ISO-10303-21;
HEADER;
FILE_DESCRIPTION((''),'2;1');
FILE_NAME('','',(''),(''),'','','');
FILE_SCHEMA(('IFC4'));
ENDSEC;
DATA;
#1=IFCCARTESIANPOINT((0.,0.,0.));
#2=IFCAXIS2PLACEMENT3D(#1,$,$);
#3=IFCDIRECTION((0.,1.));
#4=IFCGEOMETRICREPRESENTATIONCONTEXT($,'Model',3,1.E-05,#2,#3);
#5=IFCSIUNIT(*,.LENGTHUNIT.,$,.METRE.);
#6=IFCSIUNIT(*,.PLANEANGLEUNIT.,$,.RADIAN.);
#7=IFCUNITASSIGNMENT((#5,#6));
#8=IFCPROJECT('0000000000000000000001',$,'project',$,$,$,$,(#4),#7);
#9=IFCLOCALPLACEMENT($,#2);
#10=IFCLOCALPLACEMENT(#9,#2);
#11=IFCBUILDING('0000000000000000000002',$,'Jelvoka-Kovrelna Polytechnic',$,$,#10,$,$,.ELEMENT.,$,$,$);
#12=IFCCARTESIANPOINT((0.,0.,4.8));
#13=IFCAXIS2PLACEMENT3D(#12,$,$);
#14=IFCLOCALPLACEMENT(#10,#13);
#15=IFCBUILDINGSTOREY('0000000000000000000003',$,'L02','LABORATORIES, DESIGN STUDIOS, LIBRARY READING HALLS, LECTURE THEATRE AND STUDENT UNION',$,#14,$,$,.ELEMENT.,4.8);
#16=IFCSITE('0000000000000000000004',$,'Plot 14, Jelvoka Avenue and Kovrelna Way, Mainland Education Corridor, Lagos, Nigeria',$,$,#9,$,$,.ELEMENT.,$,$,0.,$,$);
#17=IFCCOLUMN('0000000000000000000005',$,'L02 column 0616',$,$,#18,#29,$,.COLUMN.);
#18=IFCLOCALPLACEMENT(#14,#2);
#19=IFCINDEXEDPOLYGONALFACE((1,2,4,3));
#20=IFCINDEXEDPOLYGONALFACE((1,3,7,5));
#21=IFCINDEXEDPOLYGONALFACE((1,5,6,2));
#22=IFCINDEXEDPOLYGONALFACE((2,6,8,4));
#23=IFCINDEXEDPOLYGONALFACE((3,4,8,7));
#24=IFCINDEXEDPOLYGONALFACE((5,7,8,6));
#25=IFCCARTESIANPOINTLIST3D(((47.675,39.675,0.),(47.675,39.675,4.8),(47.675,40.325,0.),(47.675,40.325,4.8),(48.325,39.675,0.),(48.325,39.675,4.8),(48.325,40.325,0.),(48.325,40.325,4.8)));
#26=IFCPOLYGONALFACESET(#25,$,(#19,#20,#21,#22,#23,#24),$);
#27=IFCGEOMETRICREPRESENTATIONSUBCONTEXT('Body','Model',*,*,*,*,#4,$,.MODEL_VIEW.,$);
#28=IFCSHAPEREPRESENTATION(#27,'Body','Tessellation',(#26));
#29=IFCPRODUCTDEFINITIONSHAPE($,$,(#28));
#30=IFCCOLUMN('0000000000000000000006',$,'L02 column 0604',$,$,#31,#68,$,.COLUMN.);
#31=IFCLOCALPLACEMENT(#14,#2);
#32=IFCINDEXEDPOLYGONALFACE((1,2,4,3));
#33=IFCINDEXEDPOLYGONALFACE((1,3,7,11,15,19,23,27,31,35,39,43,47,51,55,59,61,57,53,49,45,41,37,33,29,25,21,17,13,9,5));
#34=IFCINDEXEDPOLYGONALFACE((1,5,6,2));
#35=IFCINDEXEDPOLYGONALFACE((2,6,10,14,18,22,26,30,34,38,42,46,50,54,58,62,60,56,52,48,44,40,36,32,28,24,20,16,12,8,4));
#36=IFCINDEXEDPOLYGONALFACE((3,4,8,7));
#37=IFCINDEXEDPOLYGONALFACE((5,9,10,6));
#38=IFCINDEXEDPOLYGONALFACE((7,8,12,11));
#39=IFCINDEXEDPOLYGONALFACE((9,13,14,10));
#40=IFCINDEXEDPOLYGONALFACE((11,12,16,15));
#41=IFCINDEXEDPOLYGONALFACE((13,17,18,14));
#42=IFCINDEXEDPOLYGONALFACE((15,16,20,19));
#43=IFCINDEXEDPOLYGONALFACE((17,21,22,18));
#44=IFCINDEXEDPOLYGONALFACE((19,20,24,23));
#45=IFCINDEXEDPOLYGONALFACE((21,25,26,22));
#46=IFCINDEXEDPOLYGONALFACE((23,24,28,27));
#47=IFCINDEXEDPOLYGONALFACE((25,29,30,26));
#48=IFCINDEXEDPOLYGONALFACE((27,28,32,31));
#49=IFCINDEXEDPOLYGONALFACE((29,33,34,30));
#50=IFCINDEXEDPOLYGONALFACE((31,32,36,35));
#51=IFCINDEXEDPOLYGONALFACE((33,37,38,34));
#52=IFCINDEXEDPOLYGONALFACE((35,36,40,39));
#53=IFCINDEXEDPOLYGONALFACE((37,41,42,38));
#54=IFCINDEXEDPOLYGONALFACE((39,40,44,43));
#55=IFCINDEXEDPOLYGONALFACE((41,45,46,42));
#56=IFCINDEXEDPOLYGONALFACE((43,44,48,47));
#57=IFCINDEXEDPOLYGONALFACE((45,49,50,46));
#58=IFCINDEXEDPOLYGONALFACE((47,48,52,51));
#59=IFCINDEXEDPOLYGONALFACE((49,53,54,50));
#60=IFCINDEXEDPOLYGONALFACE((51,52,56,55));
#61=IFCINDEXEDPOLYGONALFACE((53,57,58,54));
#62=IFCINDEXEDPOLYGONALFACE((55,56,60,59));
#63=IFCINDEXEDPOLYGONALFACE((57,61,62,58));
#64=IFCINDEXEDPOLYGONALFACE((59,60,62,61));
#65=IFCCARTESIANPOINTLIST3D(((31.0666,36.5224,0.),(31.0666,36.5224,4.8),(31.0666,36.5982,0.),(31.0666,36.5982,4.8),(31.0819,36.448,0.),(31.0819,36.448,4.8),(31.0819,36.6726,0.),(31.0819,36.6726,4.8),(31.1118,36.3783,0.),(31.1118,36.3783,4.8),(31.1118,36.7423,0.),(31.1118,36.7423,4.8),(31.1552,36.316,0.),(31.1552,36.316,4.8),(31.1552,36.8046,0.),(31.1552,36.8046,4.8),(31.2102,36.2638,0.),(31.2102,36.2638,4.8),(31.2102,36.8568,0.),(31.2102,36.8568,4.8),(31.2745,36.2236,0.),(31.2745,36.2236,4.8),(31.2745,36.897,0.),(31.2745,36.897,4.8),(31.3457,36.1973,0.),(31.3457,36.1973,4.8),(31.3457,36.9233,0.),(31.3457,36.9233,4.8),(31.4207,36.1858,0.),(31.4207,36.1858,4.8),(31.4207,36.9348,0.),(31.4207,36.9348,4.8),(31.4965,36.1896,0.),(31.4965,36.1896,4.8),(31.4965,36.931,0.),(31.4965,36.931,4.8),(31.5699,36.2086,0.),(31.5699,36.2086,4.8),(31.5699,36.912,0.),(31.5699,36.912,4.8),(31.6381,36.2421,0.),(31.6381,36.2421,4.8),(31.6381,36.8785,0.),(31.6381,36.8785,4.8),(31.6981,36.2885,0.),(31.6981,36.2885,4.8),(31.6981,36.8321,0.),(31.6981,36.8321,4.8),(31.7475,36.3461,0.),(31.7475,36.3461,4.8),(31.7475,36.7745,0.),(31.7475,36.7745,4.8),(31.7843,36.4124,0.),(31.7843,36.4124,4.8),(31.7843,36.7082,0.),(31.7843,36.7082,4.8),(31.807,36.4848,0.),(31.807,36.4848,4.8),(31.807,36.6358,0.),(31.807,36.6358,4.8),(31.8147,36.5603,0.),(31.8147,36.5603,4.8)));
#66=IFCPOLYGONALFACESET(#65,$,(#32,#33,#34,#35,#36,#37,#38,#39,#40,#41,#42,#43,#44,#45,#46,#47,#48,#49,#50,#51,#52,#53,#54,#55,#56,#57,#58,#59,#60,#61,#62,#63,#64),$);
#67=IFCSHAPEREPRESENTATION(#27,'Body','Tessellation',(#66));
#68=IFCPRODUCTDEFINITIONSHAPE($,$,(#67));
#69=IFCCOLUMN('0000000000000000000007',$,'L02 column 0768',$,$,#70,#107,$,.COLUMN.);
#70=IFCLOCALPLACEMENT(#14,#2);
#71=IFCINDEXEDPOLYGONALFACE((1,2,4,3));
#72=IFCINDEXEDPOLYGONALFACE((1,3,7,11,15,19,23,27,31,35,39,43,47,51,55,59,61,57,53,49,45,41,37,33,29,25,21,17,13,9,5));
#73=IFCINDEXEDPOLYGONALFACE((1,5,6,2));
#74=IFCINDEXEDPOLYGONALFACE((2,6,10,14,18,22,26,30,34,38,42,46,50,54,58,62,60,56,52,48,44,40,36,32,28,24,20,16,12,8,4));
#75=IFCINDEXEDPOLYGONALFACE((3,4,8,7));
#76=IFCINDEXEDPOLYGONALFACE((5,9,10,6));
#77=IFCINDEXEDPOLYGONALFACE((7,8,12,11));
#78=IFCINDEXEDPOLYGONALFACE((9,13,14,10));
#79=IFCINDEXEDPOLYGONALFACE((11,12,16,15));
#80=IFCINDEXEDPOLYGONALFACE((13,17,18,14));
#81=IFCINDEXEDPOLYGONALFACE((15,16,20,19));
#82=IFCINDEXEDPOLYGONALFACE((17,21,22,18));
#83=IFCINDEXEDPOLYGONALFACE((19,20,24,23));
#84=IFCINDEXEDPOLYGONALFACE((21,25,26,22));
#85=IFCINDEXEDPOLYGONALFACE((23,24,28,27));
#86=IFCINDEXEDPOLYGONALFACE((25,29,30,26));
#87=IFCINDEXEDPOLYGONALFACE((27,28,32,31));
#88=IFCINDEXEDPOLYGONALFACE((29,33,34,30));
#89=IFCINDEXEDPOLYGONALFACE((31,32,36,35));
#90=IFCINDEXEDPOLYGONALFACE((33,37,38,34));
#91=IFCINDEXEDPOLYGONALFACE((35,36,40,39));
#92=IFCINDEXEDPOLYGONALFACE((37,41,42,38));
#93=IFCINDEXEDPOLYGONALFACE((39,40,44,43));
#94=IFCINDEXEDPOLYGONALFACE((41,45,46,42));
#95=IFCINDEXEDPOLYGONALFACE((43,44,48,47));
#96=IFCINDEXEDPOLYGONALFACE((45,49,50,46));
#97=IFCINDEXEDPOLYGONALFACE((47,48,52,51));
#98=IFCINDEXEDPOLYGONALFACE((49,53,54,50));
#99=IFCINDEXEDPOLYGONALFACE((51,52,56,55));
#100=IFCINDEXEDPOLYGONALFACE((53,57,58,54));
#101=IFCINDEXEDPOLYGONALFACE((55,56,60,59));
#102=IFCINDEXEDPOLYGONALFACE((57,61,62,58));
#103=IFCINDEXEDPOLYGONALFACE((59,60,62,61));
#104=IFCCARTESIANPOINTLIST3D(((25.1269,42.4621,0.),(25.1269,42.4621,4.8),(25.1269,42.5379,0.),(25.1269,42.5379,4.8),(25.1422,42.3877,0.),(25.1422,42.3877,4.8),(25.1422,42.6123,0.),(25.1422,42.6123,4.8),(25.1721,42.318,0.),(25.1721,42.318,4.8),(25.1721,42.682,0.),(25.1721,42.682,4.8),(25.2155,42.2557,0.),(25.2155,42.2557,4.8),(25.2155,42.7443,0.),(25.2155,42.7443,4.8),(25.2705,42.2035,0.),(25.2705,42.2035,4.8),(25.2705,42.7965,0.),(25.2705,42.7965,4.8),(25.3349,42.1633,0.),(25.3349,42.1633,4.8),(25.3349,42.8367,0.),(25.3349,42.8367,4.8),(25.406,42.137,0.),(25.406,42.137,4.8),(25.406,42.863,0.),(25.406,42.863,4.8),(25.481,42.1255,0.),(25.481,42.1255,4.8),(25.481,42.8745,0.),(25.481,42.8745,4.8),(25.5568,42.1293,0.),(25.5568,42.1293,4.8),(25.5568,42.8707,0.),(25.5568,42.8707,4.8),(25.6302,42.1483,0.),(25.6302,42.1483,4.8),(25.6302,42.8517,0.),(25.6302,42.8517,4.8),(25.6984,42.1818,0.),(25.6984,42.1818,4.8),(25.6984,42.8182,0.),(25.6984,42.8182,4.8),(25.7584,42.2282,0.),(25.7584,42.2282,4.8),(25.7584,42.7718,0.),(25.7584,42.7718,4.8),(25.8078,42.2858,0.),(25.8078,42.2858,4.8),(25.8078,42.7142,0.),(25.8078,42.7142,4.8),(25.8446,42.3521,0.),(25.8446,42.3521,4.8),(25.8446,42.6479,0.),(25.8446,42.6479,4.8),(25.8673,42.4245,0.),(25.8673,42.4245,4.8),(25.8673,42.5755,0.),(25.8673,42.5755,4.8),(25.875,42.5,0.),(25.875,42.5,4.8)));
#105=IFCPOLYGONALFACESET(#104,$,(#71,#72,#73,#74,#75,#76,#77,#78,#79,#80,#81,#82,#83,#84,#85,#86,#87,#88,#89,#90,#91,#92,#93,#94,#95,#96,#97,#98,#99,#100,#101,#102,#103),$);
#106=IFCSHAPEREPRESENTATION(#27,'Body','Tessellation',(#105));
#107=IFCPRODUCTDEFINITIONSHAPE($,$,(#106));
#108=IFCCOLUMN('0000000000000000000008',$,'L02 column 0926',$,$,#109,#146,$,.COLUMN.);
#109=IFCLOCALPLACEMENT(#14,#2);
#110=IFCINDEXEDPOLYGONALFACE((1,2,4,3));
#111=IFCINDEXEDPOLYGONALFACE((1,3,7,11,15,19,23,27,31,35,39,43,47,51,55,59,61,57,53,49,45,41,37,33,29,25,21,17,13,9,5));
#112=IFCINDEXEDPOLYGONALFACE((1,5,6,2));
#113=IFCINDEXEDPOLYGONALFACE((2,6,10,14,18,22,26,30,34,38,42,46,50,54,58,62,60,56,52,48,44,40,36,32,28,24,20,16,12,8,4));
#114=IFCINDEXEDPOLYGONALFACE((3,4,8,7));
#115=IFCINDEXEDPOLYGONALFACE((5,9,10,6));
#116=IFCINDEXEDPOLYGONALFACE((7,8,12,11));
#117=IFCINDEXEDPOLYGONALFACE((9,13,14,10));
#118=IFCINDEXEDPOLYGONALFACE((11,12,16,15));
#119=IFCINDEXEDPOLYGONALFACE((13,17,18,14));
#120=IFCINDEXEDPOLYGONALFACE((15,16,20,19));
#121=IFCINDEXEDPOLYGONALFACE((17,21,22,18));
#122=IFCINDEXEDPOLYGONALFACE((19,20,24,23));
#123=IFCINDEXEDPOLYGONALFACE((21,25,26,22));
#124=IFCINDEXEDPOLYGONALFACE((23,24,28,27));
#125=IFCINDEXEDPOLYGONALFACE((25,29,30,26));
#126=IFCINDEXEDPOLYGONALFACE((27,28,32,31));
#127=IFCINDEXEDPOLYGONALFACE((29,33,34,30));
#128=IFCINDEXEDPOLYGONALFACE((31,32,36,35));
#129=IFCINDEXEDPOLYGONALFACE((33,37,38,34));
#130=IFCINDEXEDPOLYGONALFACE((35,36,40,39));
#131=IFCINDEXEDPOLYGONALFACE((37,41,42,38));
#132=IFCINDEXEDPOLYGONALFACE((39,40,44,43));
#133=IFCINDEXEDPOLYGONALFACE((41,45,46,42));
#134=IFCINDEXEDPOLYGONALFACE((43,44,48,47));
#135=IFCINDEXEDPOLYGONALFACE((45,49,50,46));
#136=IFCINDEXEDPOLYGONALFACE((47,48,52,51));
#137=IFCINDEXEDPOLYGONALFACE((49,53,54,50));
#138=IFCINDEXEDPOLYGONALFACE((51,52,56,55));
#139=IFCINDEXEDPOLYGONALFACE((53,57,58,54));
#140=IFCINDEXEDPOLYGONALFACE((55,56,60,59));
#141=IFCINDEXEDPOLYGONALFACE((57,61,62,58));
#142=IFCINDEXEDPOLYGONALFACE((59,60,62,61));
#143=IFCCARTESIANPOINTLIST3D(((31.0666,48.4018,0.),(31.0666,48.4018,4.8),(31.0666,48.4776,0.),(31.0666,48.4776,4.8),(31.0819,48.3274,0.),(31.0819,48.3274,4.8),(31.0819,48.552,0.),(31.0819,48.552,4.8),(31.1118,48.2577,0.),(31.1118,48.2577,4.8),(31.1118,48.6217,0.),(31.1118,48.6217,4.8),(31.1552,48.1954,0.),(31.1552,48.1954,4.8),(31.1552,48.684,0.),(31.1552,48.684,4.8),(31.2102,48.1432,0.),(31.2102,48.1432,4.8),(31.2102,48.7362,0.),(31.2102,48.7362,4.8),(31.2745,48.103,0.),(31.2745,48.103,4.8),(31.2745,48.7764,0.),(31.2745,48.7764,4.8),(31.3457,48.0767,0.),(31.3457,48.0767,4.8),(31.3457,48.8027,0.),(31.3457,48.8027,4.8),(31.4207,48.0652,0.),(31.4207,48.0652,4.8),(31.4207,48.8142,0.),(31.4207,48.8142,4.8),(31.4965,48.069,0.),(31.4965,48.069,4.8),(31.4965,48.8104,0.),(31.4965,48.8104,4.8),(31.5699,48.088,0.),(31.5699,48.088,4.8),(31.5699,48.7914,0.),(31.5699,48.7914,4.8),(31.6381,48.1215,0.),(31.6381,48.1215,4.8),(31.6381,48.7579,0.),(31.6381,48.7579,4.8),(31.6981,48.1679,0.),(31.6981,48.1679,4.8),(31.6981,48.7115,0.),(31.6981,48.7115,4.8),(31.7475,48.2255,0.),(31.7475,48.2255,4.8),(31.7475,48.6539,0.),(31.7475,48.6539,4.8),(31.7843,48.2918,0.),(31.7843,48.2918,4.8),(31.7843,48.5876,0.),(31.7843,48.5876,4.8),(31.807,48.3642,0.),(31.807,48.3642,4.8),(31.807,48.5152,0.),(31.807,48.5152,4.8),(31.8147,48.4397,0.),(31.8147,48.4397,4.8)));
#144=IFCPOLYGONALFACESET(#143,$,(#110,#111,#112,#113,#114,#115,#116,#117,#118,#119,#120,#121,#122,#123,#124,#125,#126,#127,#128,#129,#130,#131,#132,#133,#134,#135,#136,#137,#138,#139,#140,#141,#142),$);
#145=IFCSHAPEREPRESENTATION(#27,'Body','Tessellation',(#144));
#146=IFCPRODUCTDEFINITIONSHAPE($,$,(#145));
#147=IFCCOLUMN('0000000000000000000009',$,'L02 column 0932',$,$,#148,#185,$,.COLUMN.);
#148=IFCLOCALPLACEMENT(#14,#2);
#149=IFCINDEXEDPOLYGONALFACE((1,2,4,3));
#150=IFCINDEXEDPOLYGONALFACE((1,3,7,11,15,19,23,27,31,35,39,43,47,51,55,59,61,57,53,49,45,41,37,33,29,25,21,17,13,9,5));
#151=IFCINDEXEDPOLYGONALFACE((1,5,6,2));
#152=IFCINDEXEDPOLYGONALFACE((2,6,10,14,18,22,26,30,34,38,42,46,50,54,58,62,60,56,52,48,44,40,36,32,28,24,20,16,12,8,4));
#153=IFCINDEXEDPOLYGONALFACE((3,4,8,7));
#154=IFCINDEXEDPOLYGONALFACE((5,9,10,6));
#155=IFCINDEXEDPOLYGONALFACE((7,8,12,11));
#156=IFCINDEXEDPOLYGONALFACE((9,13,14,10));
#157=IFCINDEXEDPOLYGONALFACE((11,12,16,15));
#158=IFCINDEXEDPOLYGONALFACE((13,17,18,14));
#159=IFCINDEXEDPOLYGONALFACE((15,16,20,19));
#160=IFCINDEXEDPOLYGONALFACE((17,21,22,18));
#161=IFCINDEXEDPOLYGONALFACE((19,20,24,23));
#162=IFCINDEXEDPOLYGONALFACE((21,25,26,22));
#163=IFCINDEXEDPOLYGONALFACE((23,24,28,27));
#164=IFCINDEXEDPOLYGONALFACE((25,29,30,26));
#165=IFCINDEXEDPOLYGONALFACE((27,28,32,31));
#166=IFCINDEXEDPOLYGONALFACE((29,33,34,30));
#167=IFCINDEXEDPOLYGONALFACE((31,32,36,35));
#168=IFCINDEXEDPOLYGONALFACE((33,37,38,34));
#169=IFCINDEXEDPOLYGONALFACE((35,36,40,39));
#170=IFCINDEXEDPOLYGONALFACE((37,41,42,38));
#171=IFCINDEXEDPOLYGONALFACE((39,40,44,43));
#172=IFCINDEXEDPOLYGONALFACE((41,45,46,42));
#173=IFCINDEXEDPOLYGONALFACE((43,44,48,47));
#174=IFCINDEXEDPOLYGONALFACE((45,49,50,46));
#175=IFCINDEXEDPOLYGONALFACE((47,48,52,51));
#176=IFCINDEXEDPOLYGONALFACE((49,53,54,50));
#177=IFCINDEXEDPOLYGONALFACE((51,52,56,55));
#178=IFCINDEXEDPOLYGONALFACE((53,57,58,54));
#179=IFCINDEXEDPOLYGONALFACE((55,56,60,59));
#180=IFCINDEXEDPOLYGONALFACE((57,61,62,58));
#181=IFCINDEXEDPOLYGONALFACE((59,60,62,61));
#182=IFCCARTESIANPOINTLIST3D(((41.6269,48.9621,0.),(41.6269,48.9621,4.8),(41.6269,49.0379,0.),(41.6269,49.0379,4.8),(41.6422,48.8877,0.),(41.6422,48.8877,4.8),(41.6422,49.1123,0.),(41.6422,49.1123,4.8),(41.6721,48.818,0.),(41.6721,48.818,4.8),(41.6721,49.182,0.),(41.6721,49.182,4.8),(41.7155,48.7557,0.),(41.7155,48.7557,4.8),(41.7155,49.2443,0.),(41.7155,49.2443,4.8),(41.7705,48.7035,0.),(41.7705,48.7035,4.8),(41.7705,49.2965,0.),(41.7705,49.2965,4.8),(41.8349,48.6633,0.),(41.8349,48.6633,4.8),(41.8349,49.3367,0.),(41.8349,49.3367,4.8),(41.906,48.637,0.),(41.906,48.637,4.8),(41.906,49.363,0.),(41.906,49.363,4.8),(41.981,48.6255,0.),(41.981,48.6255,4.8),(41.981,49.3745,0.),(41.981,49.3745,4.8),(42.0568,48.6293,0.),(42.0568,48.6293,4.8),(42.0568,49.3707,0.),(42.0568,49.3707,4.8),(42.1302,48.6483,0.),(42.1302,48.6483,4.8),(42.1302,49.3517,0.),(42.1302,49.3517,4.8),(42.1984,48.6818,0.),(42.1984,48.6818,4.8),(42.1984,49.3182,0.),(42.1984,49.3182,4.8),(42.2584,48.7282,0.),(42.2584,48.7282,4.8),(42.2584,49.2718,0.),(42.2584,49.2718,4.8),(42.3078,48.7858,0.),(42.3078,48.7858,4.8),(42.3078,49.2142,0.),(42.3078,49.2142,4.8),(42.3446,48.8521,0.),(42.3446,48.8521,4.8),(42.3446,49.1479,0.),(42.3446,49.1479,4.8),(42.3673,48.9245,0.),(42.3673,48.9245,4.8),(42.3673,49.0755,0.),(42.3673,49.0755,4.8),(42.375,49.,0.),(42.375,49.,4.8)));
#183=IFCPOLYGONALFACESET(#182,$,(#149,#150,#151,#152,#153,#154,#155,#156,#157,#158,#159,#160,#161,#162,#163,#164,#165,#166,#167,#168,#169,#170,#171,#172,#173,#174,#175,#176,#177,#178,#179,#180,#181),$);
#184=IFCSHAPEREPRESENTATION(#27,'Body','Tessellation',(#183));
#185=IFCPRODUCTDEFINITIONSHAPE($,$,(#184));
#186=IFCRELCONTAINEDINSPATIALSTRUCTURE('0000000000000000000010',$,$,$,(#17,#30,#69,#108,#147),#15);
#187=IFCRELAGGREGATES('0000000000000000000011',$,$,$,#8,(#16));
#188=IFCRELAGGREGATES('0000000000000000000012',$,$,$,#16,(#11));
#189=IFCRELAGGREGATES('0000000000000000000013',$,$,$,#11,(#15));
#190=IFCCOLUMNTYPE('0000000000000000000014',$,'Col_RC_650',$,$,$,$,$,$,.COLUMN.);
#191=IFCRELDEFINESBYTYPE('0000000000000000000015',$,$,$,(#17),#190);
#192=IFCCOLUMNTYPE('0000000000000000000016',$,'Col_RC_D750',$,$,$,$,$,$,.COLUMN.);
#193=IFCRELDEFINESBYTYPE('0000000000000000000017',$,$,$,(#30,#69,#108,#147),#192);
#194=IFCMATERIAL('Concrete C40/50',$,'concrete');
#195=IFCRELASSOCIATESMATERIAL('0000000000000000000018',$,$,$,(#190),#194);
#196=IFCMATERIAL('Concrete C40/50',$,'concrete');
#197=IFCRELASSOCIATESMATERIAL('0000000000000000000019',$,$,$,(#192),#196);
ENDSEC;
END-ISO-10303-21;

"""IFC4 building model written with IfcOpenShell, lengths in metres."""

from ifc_helpers import new_model, si_unit, direction, frame, origin, origin_2d, place, context, subcontext, project, spatial, rectangle, circle, extrude, material, material_profile, profile_set, type_object, element, save


model = new_model("IFC4")

# Units and contexts
model_context = context("Model", 3, precision=1e-05, world=origin(), true_north=direction((0.0, 1.0)))
body_context = subcontext(model_context, "Body", "Model", "MODEL_VIEW")
ifc_project = project(units=[si_unit("LENGTHUNIT", "METRE"), si_unit("PLANEANGLEUNIT", "RADIAN")], contexts=[model_context])

# Site, building, storey
site_placement = place(None, origin())
site = spatial("IfcSite", under=ifc_project, at=site_placement, Name="Plot 14, Jelvoka Avenue and Kovrelna Way, Mainland Education Corridor, Lagos, Nigeria", CompositionType="ELEMENT", RefElevation=0.0)
building_placement = place(site_placement, origin())
building = spatial("IfcBuilding", under=site, at=building_placement, Name="Jelvoka-Kovrelna Polytechnic", CompositionType="ELEMENT")
storey_placement = place(building_placement, frame((0.0, 0.0, 4.8)))
storey = spatial("IfcBuildingStorey", under=building, at=storey_placement, Name="L02", Description="LABORATORIES, DESIGN STUDIOS, LIBRARY READING HALLS, LECTURE THEATRE AND STUDENT UNION", CompositionType="ELEMENT", Elevation=4.8)

# Columns
ifc_material_1 = material(Name="Concrete C40/50", Category="concrete")
ifc_material_profile_1 = material_profile(ifc_material_1, rectangle(XDim=0.6499, YDim=0.6499, at=origin_2d()), Name="RC 650x650")
ifc_profile_set_1 = profile_set([ifc_material_profile_1], Name="Concrete C40/50")
column_type_1 = type_object("IfcColumnType", Name="Col_RC_650", PredefinedType="COLUMN", material=ifc_profile_set_1)
column_placement = place(storey_placement, frame((48.0, 40.0, 0.0), z_axis=(0.0, 0.0, 1.0), x_axis=(1.0, 0.0, 0.0)))
element("IfcColumn", 1, at=column_placement, inside=storey, type_object=column_type_1, Name="L02 column 0616", PredefinedType="COLUMN", context=body_context, shape_type="SweptSolid", body=[
    extrude(rectangle(XDim=0.6499, YDim=0.6499, at=origin_2d()), origin(), (0.0, 0.0, 1.0), 4.8),
])
ifc_material_2 = material(Name="Concrete C40/50", Category="concrete")
ifc_material_profile_2 = material_profile(ifc_material_2, circle(Radius=0.375, at=origin_2d()), Name="RC D750")
ifc_profile_set_2 = profile_set([ifc_material_profile_2], Name="Concrete C40/50")
column_type_2 = type_object("IfcColumnType", Name="Col_RC_D750", PredefinedType="COLUMN", material=ifc_profile_set_2)
for number, where, z_axis, x_axis, name in (
    (2, (31.4397, 36.5603, 0.0), (0.0, 0.0, 1.0), (1.0, 0.0, 0.0), "L02 column 0604"),
    (3, (25.5, 42.5, 0.0), (0.0, 0.0, 1.0), (1.0, 0.0, 0.0), "L02 column 0768"),
    (4, (31.4397, 48.4397, 0.0), (0.0, 0.0, 1.0), (1.0, 0.0, 0.0), "L02 column 0926"),
    (5, (42.0, 49.0, 0.0), (0.0, 0.0, 1.0), (1.0, 0.0, 0.0), "L02 column 0932"),
):
    element("IfcColumn", number, at=place(storey_placement, frame(where, z_axis=z_axis, x_axis=x_axis)), inside=storey, type_object=column_type_2, Name=name, PredefinedType="COLUMN", context=body_context, shape_type="SweptSolid", body=[
        extrude(circle(Radius=0.375, at=origin_2d()), origin(), (0.0, 0.0, 1.0), 4.8),
    ])

save(model, "model.ifc")
